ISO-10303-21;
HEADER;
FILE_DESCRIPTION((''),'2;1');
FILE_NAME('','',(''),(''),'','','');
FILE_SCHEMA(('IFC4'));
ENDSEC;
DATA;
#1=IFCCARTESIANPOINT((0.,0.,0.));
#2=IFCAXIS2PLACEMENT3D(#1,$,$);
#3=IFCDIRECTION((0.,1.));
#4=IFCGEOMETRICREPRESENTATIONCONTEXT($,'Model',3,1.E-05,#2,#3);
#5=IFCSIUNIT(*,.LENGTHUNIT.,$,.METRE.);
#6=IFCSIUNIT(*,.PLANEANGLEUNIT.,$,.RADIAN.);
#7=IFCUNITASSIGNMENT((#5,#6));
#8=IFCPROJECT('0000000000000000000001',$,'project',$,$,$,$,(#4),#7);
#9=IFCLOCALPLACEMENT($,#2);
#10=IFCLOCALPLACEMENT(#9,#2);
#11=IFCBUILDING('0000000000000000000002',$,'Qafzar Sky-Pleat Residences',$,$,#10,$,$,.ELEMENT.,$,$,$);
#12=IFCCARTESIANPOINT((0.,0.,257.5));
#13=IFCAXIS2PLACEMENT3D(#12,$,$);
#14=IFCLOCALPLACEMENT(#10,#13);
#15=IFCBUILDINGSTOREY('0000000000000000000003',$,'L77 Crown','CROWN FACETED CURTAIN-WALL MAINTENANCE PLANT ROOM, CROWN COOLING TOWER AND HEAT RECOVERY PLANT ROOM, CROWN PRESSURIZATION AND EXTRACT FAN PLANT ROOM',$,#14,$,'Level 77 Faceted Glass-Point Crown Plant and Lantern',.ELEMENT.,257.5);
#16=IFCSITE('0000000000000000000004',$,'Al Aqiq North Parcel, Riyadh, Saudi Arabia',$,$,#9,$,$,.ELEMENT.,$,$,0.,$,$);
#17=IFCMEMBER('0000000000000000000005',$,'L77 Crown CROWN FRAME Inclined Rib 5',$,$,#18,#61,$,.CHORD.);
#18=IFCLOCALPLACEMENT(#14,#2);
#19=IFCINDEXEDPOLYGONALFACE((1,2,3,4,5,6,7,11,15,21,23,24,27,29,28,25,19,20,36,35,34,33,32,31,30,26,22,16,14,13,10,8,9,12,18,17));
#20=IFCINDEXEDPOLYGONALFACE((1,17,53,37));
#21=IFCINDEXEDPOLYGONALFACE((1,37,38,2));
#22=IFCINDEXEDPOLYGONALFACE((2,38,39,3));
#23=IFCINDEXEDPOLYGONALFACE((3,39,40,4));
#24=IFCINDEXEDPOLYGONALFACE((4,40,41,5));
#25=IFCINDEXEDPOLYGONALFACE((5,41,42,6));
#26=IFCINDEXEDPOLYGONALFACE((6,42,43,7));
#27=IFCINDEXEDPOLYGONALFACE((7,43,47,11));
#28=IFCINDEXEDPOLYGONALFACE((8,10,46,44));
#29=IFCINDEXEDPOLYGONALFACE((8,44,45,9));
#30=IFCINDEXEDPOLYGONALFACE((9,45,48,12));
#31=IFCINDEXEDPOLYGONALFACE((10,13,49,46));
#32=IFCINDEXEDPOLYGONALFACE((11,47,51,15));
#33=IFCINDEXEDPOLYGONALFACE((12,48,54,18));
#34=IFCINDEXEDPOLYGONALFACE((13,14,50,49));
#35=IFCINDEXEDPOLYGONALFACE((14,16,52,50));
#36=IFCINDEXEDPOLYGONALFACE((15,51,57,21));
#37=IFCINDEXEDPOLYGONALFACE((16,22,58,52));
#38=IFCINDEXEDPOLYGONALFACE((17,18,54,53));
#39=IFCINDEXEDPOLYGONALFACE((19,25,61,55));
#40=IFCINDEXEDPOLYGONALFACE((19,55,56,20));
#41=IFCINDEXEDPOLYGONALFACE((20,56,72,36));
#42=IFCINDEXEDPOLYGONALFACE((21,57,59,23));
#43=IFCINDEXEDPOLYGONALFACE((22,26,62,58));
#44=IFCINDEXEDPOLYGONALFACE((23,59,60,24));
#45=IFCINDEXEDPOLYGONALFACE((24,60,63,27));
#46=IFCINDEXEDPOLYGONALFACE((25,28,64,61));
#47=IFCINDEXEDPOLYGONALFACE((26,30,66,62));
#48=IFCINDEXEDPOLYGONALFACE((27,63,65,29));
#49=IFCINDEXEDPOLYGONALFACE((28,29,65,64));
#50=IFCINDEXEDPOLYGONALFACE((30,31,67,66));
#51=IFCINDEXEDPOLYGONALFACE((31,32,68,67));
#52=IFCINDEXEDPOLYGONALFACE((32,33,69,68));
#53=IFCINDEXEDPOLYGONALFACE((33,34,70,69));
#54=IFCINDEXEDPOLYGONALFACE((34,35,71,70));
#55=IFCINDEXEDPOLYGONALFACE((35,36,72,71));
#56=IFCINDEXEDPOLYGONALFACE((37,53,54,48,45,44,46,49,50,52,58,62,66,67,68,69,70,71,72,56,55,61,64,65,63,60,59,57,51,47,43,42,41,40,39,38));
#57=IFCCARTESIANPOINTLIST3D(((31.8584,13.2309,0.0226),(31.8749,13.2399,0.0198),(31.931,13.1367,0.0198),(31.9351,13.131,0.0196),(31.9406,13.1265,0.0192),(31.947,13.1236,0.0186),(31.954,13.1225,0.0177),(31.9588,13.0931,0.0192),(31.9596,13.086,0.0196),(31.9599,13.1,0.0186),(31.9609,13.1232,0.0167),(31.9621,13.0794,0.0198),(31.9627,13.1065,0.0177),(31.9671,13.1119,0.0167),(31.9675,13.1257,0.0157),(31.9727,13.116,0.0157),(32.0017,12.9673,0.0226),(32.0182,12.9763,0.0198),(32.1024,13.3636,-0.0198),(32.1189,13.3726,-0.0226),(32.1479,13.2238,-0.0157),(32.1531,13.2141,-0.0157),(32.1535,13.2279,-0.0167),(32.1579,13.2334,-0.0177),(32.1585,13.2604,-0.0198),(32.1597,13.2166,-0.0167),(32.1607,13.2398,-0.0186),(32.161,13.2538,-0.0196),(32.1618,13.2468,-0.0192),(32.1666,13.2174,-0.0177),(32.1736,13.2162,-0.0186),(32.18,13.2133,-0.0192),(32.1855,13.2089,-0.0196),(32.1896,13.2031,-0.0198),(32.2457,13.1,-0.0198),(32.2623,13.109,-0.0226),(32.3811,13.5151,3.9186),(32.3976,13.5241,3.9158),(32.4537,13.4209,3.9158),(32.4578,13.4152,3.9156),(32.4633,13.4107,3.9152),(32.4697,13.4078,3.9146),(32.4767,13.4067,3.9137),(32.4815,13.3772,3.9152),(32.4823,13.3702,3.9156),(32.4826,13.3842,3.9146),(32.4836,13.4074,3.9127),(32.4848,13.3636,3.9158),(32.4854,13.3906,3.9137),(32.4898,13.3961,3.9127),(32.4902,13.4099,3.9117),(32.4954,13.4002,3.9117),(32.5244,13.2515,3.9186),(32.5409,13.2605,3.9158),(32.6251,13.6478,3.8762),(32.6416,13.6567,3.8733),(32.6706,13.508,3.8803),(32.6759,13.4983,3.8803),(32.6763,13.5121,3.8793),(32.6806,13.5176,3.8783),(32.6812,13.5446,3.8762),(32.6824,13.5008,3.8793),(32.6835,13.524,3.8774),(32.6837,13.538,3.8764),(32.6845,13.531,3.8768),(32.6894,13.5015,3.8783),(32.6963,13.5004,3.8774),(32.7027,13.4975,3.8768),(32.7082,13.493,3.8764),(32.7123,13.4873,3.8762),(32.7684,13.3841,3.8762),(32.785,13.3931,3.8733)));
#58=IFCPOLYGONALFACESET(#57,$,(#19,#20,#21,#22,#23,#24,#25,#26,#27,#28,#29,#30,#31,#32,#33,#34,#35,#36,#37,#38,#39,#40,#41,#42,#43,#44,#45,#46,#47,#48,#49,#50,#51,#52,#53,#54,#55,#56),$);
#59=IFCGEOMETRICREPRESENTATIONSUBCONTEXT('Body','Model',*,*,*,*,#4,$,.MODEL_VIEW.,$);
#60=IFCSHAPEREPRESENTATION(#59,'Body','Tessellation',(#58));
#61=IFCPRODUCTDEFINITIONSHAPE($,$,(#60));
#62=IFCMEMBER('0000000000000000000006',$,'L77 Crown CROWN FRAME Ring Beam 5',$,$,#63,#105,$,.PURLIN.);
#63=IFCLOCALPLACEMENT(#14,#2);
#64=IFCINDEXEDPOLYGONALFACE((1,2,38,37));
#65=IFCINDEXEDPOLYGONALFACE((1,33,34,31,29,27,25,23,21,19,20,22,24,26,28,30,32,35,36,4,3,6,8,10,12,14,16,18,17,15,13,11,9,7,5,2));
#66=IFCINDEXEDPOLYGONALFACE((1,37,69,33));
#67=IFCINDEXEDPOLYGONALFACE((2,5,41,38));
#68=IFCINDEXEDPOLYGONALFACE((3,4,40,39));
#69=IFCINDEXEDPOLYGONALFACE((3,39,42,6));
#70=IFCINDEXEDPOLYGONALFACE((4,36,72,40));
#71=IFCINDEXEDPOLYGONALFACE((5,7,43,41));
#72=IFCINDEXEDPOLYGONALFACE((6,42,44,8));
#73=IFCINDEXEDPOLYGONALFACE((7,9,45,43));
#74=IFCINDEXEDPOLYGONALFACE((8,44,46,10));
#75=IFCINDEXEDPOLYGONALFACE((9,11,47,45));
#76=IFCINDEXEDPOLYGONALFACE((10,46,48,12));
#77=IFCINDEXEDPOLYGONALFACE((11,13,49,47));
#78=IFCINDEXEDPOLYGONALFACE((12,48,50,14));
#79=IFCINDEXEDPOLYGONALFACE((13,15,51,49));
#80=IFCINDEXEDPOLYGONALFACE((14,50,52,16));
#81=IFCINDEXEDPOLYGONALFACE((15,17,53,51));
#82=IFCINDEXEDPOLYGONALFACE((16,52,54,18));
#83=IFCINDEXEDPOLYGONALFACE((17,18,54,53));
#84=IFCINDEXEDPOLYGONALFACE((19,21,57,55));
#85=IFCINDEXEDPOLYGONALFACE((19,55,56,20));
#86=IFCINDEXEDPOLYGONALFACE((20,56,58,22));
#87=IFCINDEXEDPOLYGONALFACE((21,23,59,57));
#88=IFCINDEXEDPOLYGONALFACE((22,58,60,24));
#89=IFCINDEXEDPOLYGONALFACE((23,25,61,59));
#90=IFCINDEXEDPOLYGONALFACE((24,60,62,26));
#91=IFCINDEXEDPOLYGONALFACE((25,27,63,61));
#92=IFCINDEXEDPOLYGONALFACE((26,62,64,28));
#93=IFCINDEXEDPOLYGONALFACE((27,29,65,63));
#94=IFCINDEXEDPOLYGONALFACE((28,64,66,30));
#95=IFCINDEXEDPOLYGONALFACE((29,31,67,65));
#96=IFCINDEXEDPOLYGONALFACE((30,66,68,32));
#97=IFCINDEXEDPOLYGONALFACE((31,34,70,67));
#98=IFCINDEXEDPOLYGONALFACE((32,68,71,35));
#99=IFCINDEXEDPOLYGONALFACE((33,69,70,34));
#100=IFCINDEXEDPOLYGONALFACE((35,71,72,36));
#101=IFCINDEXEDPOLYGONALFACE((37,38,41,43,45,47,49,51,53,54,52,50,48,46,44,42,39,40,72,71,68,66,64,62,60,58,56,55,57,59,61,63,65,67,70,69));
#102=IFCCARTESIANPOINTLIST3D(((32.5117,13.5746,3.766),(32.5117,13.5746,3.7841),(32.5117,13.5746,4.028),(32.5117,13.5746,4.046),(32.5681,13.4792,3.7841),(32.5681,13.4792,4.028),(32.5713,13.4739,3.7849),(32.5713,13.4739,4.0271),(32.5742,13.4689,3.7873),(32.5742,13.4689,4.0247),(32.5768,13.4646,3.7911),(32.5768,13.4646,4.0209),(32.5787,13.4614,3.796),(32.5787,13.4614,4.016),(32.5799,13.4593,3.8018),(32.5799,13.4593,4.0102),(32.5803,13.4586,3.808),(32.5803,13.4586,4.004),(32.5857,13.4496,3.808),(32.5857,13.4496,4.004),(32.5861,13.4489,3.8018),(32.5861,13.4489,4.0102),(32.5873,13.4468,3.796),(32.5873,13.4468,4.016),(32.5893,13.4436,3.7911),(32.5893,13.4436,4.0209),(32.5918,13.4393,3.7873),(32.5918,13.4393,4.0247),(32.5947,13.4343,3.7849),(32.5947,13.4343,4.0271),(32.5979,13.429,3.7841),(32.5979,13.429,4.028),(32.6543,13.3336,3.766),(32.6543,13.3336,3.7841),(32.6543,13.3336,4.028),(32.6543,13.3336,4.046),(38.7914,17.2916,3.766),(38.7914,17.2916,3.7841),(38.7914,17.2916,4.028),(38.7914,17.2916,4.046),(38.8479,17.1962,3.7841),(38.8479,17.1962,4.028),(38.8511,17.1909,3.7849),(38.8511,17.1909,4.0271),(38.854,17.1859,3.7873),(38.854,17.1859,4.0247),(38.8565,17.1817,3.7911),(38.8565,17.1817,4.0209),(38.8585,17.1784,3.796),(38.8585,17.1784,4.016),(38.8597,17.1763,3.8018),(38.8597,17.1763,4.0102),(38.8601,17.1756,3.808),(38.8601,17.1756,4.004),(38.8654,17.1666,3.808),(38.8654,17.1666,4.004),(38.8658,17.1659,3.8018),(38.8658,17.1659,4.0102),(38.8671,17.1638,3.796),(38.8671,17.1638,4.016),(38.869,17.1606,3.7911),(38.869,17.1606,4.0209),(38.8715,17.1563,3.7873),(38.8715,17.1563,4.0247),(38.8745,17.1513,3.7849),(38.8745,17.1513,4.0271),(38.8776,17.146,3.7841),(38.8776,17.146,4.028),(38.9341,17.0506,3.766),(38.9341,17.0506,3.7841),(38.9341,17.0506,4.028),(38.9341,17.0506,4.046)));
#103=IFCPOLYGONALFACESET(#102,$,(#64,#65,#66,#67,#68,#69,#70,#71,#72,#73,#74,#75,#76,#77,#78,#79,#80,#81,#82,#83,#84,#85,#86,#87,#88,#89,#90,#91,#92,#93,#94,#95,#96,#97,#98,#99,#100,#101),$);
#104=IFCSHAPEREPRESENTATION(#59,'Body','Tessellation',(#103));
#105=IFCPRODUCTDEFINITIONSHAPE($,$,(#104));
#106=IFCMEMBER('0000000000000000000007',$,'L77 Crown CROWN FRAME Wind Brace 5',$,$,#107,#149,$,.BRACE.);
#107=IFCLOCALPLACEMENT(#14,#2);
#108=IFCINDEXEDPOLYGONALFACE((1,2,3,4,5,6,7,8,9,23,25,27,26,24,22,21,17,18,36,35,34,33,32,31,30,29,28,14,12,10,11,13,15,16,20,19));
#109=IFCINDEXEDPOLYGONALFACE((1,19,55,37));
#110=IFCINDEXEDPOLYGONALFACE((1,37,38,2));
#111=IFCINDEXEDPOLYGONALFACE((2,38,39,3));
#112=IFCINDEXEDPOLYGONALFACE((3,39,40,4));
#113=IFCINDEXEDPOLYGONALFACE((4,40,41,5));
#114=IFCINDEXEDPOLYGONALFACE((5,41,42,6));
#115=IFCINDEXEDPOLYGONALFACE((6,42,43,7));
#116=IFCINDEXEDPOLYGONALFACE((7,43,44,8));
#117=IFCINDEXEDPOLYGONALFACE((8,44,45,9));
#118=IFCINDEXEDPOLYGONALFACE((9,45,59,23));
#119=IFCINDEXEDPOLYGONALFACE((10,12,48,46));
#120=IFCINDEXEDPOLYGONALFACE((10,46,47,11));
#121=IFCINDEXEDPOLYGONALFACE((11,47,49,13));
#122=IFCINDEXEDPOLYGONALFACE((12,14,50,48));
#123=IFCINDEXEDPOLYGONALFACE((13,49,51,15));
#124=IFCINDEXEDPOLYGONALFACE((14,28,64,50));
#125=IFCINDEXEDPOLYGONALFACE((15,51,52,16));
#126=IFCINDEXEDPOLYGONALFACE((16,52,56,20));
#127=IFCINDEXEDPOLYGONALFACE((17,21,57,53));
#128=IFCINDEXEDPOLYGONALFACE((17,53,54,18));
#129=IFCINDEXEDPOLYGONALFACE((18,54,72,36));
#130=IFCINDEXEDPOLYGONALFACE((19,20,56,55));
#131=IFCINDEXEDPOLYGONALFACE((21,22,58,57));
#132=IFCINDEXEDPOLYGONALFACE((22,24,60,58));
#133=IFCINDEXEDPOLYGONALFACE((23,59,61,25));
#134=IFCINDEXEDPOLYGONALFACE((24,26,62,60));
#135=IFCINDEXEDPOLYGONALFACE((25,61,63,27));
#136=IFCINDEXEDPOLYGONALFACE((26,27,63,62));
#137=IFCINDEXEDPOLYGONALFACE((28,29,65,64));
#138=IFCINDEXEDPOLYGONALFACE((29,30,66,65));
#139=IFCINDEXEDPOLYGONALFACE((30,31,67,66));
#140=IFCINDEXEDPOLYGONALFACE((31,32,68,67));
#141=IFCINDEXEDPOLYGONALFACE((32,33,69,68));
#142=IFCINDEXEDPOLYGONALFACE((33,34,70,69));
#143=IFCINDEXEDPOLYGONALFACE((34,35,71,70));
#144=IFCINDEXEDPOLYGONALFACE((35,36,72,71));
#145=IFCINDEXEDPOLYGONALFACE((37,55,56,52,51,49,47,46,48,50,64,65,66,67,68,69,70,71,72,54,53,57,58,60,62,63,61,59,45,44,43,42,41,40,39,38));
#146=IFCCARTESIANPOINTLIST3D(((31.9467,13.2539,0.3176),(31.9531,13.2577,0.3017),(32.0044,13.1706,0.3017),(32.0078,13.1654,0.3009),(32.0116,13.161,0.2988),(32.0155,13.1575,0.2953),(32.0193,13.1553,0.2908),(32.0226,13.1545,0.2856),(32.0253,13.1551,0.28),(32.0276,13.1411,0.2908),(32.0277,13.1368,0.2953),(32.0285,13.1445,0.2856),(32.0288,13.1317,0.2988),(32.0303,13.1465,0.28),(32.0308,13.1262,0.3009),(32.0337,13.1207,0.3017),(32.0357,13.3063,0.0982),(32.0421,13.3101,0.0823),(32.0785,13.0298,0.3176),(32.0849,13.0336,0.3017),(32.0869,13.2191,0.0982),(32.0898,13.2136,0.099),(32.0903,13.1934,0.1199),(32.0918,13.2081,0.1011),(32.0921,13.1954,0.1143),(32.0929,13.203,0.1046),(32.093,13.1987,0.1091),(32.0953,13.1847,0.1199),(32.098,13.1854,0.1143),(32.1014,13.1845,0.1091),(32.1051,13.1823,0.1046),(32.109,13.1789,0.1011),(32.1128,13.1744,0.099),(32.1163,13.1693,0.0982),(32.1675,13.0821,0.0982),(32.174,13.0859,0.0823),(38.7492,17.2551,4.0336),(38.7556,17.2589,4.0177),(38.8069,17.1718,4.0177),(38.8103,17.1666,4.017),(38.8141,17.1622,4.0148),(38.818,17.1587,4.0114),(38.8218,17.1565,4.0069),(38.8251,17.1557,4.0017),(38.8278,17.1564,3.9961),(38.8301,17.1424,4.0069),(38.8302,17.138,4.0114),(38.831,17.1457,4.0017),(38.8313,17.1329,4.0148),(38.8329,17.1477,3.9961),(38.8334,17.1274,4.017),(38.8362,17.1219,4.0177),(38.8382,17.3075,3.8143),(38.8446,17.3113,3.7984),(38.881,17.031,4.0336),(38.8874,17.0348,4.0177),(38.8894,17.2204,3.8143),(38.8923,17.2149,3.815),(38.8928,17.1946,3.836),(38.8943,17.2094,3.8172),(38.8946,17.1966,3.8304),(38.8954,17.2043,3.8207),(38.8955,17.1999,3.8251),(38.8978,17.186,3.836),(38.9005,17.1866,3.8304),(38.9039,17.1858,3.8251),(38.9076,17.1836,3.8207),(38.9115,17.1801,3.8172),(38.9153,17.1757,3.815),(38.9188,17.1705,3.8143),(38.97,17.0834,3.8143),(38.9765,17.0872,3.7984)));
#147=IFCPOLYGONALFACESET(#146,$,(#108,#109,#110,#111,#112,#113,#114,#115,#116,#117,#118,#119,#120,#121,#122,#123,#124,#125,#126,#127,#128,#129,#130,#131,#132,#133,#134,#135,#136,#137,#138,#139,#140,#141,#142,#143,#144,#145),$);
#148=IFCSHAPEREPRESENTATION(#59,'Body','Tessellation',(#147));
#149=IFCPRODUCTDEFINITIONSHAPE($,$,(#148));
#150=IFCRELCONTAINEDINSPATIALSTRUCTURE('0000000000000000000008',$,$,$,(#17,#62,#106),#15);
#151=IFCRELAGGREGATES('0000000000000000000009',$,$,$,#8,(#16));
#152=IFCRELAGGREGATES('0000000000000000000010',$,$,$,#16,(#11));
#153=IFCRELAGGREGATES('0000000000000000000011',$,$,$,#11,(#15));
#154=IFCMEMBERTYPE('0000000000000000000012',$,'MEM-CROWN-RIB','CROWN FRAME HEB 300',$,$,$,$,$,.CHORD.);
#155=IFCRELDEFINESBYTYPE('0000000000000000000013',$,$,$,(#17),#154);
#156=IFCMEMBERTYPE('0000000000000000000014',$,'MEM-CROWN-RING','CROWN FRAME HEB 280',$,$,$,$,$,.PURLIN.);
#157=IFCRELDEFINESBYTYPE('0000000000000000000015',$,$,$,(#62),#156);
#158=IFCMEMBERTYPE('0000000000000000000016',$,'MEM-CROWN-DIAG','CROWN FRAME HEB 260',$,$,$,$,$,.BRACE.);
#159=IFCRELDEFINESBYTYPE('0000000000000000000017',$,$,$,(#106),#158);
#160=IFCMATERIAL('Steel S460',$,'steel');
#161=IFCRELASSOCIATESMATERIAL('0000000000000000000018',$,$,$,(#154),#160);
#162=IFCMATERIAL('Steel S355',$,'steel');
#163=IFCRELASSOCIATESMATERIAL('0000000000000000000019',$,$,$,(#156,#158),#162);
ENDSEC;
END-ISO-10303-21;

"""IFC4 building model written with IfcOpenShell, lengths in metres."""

from ifc_helpers import new_model, si_unit, direction, frame, origin, origin_2d, place, context, subcontext, project, spatial, i_section, extrude, source, transform, mapped, material, material_profile, profile_set, type_object, element, save


model = new_model("IFC4")

# Units and contexts
model_context = context("Model", 3, precision=1e-05, world=origin(), true_north=direction((0.0, 1.0)))
body_context = subcontext(model_context, "Body", "Model", "MODEL_VIEW")
ifc_project = project(units=[si_unit("LENGTHUNIT", "METRE"), si_unit("PLANEANGLEUNIT", "RADIAN")], contexts=[model_context])

# Site, building, storey
site_placement = place(None, origin())
site = spatial("IfcSite", under=ifc_project, at=site_placement, Name="Al Aqiq North Parcel, Riyadh, Saudi Arabia", CompositionType="ELEMENT", RefElevation=0.0)
building_placement = place(site_placement, origin())
building = spatial("IfcBuilding", under=site, at=building_placement, Name="Qafzar Sky-Pleat Residences", CompositionType="ELEMENT")
storey_placement = place(building_placement, frame((0.0, 0.0, 257.5)))
storey = spatial("IfcBuildingStorey", under=building, at=storey_placement, Name="L77 Crown", Description="CROWN FACETED CURTAIN-WALL MAINTENANCE PLANT ROOM, CROWN COOLING TOWER AND HEAT RECOVERY PLANT ROOM, CROWN PRESSURIZATION AND EXTRACT FAN PLANT ROOM", LongName="Level 77 Faceted Glass-Point Crown Plant and Lantern", CompositionType="ELEMENT", Elevation=257.5)

# Members
ifc_material_1 = material(Name="Steel S460", Category="steel")
ifc_material_profile_1 = material_profile(ifc_material_1, i_section(OverallWidth=0.3, OverallDepth=0.3, WebThickness=0.011, FlangeThickness=0.019, FilletRadius=0.0271, at=origin_2d()), Name="HEB 300")
ifc_profile_set_1 = profile_set([ifc_material_profile_1], Name="Steel S460")
member_type_1 = type_object("IfcMemberType", Name="MEM-CROWN-RIB", Description="CROWN FRAME HEB 300", PredefinedType="CHORD", material=ifc_profile_set_1)
shared_shape_1 = source(origin(), body_context, "Body", "SweptSolid", [
    extrude(i_section(OverallWidth=0.3, OverallDepth=0.3, WebThickness=0.011, FlangeThickness=0.019, FilletRadius=0.0271, at=origin_2d()), origin(), (0.0, 0.0, 1.0), 3.9412),
])
member_1_placement = place(storey_placement, frame((32.0603, 13.1699, 0.0), z_axis=(0.132627, 0.072106, 0.98854), x_axis=(-0.477644, 0.878553, 0.0)))
element("IfcMember", 1, at=member_1_placement, inside=storey, type_object=member_type_1, Name="L77 Crown CROWN FRAME Inclined Rib 5", PredefinedType="CHORD", context=body_context, shape_type="MappedRepresentation", body=[
    mapped(shared_shape_1, transform((0.0, 0.0, 0.0), x_axis=(1.0, 0.0, 0.0), y_axis=(0.0, 1.0, 0.0), z_axis=(0.0, 0.0, 1.0), scale=1.0)),
])
ifc_material_2 = material(Name="Steel S355", Category="steel")
ifc_material_profile_2 = material_profile(ifc_material_2, i_section(OverallWidth=0.28, OverallDepth=0.28, WebThickness=0.0105, FlangeThickness=0.0181, FilletRadius=0.0239, at=origin_2d()), Name="HEB 280")
ifc_profile_set_2 = profile_set([ifc_material_profile_2], Name="Steel S355")
member_type_2 = type_object("IfcMemberType", Name="MEM-CROWN-RING", Description="CROWN FRAME HEB 280", PredefinedType="PURLIN", material=ifc_profile_set_2)
shared_shape_2 = source(origin(), body_context, "Body", "SweptSolid", [
    extrude(i_section(OverallWidth=0.28, OverallDepth=0.28, WebThickness=0.0105, FlangeThickness=0.0181, FilletRadius=0.0239, at=origin_2d()), origin(), (0.0, 0.0, 1.0), 7.2974),
])
member_2_placement = place(storey_placement, frame((32.583, 13.4541, 3.906), z_axis=(0.860551, 0.509365, 0.0), x_axis=(-0.509365, 0.860551, 0.0)))
element("IfcMember", 2, at=member_2_placement, inside=storey, type_object=member_type_2, Name="L77 Crown CROWN FRAME Ring Beam 5", PredefinedType="PURLIN", context=body_context, shape_type="MappedRepresentation", body=[
    mapped(shared_shape_2, transform((0.0, 0.0, 0.0), x_axis=(1.0, 0.0, 0.0), y_axis=(0.0, 1.0, 0.0), z_axis=(0.0, 0.0, 1.0), scale=1.0)),
])
ifc_material_profile_3 = material_profile(ifc_material_2, i_section(OverallWidth=0.26, OverallDepth=0.26, WebThickness=0.01, FlangeThickness=0.0176, FilletRadius=0.0239, at=origin_2d()), Name="HEB 260")
ifc_profile_set_3 = profile_set([ifc_material_profile_3], Name="Steel S355")
member_type_3 = type_object("IfcMemberType", Name="MEM-CROWN-DIAG", Description="CROWN FRAME HEB 260", PredefinedType="BRACE", material=ifc_profile_set_3)
shared_shape_3 = source(origin(), body_context, "Body", "SweptSolid", [
    extrude(i_section(OverallWidth=0.26, OverallDepth=0.26, WebThickness=0.01, FlangeThickness=0.0176, FilletRadius=0.0239, at=origin_2d()), origin(), (0.0, 0.0, 1.0), 8.7231),
])
member_3_placement = place(storey_placement, frame((32.0603, 13.1699, 0.2), z_axis=(0.779823, 0.458692, 0.426002), x_axis=(-0.506997, 0.861948, 0.0)))
element("IfcMember", 3, at=member_3_placement, inside=storey, type_object=member_type_3, Name="L77 Crown CROWN FRAME Wind Brace 5", PredefinedType="BRACE", context=body_context, shape_type="MappedRepresentation", body=[
    mapped(shared_shape_3, transform((0.0, 0.0, 0.0), x_axis=(1.0, 0.0, 0.0), y_axis=(0.0, 1.0, 0.0), z_axis=(0.0, 0.0, 1.0), scale=1.0)),
])

save(model, "model.ifc")
